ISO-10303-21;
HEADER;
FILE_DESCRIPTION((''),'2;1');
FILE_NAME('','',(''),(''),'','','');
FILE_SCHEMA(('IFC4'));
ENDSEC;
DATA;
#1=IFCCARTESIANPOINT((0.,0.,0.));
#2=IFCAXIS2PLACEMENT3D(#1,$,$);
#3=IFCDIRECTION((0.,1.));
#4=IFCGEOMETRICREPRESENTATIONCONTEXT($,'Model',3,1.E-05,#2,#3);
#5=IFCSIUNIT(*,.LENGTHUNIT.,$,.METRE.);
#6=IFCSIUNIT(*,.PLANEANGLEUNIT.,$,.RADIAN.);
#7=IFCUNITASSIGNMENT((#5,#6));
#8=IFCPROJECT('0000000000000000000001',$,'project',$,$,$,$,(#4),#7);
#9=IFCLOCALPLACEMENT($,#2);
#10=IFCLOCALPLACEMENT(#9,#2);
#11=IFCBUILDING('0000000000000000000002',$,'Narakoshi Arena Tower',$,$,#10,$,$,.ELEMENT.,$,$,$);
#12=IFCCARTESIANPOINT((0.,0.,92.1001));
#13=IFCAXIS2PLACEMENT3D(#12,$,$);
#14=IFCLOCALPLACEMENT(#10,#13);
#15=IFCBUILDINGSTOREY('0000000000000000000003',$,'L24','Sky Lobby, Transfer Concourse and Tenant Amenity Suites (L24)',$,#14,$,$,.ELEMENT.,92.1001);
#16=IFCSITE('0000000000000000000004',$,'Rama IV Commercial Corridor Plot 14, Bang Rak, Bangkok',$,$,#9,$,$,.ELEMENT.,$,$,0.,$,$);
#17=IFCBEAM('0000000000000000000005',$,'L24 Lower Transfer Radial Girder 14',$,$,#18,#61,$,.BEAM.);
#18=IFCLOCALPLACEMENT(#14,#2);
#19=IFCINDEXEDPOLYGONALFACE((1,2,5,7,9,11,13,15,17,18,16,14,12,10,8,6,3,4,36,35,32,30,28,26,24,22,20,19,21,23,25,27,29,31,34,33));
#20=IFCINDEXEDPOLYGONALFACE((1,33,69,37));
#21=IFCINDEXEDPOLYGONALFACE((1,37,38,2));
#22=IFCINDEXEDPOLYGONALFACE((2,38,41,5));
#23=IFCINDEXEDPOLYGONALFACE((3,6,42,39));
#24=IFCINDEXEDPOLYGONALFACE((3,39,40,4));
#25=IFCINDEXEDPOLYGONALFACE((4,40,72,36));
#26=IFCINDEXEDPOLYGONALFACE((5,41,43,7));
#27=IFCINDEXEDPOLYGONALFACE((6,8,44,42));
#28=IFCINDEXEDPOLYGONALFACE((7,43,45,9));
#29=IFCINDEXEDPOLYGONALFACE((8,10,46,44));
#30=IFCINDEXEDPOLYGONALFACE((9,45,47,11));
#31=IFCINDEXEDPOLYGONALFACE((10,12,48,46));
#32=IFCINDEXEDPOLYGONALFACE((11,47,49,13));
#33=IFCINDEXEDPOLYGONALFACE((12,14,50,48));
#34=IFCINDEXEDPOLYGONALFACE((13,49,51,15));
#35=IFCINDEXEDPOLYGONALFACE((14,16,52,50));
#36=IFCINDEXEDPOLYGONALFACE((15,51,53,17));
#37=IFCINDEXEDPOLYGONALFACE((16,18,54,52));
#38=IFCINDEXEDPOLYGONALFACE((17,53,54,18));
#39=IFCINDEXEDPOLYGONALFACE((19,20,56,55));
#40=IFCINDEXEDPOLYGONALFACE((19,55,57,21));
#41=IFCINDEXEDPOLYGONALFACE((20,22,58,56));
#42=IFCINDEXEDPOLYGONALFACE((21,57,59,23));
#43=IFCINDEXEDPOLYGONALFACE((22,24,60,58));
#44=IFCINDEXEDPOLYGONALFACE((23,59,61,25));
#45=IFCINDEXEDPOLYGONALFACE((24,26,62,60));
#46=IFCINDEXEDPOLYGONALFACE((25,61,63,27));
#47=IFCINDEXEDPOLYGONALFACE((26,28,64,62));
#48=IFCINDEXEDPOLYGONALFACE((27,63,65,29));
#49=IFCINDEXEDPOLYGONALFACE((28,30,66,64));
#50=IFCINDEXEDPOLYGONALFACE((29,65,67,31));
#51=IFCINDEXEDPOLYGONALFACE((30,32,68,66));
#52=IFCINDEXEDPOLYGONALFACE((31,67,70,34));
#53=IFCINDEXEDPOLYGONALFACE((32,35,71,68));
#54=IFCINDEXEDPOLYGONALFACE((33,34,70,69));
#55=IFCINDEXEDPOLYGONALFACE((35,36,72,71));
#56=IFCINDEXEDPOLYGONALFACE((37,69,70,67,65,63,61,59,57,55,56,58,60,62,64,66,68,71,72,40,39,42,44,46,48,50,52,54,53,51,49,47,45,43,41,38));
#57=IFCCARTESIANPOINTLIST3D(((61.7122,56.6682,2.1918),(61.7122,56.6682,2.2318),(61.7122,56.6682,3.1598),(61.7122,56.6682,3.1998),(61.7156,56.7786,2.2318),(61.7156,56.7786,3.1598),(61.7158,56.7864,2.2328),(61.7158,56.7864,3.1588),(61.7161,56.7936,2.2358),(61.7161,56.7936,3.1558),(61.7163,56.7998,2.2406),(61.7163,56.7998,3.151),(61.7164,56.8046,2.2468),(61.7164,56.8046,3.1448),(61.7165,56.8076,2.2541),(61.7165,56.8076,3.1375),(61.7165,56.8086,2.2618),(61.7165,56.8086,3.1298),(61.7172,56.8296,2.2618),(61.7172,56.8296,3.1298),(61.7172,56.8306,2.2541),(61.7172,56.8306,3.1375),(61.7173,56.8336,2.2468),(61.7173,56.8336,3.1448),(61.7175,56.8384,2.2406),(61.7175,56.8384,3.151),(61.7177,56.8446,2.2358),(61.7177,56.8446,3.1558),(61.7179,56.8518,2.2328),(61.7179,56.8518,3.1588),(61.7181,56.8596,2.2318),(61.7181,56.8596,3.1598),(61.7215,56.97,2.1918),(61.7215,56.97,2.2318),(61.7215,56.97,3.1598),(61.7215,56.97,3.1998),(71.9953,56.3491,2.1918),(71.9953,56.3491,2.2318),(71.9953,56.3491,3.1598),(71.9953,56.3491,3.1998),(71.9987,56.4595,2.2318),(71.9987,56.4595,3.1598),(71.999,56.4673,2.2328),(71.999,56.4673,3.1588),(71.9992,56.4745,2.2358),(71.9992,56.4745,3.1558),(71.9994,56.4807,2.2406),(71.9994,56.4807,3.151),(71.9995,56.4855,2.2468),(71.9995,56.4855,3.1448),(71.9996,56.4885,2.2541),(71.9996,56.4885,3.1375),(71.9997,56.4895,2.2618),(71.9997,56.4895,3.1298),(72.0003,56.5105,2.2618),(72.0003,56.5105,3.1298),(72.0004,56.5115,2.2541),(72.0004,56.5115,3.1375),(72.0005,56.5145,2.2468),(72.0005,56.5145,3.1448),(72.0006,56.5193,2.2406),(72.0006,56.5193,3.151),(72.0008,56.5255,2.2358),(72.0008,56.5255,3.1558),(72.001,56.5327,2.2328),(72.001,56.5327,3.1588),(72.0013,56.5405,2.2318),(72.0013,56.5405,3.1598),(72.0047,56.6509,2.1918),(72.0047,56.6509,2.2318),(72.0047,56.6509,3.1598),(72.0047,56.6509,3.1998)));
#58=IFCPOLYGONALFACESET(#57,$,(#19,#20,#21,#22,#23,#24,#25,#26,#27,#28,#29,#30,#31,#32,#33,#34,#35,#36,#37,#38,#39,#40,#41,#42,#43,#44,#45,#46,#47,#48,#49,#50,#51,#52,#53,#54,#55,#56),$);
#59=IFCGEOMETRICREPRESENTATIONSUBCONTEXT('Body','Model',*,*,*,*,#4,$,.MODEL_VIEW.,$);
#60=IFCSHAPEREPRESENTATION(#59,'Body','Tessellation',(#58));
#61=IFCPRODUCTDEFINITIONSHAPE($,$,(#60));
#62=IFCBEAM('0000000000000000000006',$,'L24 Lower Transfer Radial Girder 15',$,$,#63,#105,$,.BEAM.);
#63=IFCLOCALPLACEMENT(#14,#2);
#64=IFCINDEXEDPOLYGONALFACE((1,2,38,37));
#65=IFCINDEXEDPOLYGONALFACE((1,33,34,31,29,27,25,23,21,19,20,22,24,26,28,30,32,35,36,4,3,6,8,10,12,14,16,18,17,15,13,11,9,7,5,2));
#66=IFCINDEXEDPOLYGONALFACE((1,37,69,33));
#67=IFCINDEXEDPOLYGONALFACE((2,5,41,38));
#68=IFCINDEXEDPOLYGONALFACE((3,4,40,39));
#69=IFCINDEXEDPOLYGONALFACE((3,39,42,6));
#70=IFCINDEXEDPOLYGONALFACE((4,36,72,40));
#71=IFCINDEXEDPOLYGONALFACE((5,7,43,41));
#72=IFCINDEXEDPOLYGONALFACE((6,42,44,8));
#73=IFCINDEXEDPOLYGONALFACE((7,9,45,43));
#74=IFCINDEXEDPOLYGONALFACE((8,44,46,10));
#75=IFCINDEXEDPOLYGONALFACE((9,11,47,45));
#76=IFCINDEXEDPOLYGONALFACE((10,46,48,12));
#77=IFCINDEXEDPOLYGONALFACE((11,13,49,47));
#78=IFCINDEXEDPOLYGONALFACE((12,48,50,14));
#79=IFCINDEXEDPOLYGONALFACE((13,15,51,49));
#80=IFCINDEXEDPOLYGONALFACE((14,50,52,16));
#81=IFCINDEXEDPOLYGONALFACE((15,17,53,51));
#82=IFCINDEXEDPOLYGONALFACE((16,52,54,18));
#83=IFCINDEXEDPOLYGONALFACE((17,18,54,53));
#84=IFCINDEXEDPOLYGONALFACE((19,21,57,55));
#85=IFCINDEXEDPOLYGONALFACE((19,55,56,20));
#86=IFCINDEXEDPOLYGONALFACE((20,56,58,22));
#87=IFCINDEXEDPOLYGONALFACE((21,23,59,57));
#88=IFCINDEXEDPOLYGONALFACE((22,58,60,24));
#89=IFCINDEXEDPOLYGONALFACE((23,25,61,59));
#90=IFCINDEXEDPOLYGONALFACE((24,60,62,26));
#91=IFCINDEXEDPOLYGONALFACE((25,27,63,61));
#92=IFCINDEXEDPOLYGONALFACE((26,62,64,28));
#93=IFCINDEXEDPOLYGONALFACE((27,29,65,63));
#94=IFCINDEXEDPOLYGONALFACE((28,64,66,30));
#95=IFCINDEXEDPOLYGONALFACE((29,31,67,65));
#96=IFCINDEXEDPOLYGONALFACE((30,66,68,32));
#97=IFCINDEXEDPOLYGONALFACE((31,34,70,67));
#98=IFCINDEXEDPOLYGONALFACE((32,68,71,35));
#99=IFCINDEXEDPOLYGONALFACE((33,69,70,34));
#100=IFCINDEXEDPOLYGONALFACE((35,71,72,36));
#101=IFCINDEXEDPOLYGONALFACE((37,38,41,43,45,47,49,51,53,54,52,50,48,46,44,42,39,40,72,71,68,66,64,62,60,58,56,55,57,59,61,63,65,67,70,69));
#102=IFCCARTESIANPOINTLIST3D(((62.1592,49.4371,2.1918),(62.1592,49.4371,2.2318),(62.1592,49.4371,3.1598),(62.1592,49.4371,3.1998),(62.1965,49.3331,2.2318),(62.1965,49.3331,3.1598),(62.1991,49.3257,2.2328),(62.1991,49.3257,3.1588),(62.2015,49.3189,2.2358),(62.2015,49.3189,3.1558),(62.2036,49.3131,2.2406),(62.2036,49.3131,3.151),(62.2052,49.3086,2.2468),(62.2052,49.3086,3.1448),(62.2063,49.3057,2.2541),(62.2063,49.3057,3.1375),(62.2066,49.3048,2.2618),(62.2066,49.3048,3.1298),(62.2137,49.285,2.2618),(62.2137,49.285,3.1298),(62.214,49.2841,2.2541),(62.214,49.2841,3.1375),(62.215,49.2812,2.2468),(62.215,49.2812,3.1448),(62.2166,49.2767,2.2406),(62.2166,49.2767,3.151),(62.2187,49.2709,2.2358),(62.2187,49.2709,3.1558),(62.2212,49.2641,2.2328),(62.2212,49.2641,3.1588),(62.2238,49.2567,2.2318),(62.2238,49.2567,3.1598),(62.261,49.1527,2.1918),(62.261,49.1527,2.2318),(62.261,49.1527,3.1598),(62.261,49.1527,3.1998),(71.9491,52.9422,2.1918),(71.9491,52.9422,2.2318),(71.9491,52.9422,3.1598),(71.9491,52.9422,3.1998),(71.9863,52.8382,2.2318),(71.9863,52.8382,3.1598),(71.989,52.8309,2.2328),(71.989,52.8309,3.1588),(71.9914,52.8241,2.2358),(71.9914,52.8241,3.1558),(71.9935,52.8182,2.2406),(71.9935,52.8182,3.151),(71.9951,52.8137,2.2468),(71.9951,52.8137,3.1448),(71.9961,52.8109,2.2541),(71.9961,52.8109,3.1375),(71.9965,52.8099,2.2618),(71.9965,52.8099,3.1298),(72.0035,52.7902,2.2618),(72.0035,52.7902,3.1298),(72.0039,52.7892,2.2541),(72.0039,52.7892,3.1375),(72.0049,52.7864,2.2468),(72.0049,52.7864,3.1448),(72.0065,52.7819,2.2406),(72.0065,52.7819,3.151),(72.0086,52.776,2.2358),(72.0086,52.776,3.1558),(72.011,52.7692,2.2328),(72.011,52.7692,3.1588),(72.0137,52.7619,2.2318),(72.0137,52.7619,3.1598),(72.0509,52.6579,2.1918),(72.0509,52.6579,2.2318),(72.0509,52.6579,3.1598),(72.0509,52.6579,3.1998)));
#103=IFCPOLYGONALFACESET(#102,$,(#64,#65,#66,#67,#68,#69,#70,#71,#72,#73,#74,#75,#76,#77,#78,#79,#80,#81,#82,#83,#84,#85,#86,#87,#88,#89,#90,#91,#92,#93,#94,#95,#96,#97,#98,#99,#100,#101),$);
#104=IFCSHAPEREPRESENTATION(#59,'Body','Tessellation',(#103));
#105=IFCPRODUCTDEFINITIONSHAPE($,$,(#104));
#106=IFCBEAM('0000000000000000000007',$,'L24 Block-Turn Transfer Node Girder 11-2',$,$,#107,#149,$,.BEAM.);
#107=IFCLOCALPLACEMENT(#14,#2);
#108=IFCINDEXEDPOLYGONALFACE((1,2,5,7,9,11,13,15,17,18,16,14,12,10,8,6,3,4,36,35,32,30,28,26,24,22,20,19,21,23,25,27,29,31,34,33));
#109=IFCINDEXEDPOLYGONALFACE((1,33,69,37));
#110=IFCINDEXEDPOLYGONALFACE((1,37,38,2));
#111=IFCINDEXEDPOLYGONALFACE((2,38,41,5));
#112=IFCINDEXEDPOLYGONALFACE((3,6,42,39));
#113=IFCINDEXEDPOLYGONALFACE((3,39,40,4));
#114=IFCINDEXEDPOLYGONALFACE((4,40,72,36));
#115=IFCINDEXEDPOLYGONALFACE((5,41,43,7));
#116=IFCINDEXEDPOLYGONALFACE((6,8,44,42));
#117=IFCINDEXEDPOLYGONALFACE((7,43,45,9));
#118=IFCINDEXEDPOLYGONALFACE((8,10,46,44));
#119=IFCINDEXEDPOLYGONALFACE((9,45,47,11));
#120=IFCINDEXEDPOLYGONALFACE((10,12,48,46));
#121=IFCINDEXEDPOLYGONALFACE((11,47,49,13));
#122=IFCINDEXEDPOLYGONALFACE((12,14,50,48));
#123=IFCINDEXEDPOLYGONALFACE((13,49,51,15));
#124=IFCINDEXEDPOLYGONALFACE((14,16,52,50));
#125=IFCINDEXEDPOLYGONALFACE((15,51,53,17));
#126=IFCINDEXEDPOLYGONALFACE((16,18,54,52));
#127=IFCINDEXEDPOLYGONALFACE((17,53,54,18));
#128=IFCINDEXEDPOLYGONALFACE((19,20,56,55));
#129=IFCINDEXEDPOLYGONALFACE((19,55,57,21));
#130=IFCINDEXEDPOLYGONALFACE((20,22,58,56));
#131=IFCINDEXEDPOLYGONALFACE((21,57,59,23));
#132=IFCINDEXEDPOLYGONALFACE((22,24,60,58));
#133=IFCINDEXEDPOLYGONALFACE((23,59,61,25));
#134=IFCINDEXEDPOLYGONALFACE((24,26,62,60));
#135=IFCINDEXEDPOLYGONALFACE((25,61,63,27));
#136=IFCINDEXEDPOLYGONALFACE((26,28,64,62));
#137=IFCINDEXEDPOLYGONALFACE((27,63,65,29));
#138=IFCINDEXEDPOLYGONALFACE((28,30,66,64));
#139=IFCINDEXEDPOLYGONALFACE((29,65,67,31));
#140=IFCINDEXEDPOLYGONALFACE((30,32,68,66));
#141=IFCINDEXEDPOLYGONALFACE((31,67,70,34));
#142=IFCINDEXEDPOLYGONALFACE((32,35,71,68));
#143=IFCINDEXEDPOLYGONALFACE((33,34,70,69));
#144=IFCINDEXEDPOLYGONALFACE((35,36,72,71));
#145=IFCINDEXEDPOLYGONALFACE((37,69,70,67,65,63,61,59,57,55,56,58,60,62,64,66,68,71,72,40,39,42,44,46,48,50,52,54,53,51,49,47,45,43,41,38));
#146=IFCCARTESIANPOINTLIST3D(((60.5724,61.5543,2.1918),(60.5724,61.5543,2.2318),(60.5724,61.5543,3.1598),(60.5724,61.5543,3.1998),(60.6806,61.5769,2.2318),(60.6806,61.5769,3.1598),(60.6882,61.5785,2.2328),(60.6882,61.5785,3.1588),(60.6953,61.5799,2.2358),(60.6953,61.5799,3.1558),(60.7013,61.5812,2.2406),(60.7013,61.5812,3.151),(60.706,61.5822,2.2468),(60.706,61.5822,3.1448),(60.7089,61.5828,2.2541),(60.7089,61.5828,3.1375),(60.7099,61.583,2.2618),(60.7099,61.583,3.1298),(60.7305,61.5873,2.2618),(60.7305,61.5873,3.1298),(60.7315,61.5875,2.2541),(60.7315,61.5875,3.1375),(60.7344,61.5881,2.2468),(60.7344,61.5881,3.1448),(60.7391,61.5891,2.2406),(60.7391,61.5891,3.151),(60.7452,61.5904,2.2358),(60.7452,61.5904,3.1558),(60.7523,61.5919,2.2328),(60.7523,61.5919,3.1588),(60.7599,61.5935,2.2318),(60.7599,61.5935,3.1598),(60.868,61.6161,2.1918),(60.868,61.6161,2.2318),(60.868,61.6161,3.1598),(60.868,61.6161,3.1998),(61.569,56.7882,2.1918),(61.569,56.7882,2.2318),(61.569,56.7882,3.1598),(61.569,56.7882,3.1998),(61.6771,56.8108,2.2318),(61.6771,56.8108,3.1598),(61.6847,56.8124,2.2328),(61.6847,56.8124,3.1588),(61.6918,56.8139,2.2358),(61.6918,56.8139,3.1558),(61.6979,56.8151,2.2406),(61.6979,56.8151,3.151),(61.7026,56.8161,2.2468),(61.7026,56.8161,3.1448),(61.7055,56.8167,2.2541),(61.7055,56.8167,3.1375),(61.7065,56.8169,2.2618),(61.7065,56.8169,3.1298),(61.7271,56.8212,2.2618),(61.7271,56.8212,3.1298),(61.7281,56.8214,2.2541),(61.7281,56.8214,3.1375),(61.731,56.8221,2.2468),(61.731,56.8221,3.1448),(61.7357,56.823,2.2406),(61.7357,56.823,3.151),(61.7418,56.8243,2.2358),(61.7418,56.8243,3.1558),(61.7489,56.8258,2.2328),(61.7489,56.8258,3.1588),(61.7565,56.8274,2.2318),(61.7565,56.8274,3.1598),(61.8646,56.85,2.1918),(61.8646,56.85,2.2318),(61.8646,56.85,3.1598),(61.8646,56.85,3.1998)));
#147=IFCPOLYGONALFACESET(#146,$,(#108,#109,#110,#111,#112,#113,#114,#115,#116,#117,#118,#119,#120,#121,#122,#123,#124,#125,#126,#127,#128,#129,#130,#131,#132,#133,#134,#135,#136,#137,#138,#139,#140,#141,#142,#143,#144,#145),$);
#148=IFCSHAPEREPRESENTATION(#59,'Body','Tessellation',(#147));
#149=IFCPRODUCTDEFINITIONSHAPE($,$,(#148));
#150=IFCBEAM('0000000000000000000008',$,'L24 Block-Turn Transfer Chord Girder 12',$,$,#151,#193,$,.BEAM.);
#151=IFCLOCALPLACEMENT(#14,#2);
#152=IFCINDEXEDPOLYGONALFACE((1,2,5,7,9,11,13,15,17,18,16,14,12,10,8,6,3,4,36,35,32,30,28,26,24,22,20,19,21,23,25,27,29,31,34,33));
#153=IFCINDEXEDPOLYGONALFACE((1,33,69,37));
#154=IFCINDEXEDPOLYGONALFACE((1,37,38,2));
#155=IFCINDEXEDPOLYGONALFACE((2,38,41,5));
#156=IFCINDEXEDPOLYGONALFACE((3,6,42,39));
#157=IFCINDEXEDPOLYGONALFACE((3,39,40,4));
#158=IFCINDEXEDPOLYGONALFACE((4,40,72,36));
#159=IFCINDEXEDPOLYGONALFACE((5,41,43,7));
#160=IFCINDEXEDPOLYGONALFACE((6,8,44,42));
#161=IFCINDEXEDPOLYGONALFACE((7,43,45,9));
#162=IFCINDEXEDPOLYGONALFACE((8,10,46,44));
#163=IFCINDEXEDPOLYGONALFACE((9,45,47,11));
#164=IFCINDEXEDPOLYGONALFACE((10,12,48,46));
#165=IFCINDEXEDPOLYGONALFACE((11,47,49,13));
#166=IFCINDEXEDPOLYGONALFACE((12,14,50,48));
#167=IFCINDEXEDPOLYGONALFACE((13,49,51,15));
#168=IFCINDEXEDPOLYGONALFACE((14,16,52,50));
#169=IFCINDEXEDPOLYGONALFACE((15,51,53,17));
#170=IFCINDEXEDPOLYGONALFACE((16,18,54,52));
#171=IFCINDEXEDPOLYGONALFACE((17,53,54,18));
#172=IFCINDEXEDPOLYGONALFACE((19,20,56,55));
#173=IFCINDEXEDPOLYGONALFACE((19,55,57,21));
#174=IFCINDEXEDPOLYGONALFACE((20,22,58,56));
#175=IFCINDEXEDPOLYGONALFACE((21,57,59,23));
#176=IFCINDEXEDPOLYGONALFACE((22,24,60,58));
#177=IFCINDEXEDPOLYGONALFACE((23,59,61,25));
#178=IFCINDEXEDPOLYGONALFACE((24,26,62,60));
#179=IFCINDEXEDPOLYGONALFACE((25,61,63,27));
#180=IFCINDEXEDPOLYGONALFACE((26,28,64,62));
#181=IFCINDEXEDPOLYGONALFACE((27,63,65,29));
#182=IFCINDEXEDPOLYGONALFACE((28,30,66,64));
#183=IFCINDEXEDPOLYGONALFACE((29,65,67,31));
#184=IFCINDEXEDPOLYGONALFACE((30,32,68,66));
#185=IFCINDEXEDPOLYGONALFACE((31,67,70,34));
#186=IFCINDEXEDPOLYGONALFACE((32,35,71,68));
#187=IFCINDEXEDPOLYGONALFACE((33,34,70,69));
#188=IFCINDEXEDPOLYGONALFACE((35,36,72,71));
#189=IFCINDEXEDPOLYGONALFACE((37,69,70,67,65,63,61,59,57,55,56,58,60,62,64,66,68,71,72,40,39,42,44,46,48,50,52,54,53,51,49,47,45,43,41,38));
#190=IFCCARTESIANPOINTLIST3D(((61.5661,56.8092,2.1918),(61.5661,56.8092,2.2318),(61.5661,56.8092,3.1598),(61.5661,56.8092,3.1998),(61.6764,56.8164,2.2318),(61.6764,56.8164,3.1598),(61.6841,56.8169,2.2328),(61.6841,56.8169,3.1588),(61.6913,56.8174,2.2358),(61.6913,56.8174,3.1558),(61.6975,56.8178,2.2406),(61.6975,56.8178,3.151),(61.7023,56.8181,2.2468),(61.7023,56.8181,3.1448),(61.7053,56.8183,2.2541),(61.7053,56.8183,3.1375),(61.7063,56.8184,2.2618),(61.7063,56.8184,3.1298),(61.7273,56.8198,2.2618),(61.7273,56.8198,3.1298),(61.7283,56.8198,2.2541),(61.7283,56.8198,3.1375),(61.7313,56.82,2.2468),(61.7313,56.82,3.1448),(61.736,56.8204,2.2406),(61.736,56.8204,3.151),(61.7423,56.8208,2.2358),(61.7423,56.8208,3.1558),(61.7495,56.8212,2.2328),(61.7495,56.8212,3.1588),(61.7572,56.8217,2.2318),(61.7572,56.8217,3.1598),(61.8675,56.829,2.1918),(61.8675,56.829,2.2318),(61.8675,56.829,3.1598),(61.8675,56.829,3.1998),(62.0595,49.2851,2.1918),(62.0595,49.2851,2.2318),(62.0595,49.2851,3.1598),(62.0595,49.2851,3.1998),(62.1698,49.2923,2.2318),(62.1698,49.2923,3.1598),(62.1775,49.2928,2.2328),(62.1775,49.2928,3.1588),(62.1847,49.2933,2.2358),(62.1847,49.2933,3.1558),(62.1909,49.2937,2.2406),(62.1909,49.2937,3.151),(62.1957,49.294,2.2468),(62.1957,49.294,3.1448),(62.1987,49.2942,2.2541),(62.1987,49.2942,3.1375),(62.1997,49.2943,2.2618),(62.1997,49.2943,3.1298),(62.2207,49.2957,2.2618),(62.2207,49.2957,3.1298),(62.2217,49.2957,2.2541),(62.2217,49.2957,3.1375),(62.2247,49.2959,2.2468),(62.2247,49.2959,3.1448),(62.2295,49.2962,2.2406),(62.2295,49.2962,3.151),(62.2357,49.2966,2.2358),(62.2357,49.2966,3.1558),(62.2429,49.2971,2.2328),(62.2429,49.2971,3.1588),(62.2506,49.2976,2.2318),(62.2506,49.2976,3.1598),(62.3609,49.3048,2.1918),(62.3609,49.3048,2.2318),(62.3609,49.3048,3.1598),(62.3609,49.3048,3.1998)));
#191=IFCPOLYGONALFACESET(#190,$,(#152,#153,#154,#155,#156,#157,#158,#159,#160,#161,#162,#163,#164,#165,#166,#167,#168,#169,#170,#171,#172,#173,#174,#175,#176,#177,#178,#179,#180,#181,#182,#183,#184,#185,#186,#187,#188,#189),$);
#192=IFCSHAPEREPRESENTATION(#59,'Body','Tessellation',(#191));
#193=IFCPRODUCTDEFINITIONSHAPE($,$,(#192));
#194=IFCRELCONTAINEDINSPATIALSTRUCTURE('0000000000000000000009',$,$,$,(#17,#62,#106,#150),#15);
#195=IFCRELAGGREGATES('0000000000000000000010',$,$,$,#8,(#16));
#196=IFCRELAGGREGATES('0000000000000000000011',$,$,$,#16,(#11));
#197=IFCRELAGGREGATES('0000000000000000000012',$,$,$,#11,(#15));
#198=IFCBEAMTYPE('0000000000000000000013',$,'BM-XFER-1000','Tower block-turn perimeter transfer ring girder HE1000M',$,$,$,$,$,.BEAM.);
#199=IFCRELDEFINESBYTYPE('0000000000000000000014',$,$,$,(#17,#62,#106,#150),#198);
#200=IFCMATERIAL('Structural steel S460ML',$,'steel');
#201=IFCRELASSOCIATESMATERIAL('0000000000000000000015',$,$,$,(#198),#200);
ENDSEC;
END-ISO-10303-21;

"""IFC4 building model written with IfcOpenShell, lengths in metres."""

from ifc_helpers import new_model, si_unit, direction, frame, origin, origin_2d, place, context, subcontext, project, spatial, i_section, extrude, material, material_profile, profile_set, type_object, element, save


model = new_model("IFC4")

# Units and contexts
model_context = context("Model", 3, precision=1e-05, world=origin(), true_north=direction((0.0, 1.0)))
body_context = subcontext(model_context, "Body", "Model", "MODEL_VIEW")
ifc_project = project(units=[si_unit("LENGTHUNIT", "METRE"), si_unit("PLANEANGLEUNIT", "RADIAN")], contexts=[model_context])

# Site, building, storey
site_placement = place(None, origin())
site = spatial("IfcSite", under=ifc_project, at=site_placement, Name="Rama IV Commercial Corridor Plot 14, Bang Rak, Bangkok", CompositionType="ELEMENT", RefElevation=0.0)
building_placement = place(site_placement, origin())
building = spatial("IfcBuilding", under=site, at=building_placement, Name="Narakoshi Arena Tower", CompositionType="ELEMENT")
storey_placement = place(building_placement, frame((0.0, 0.0, 92.1001)))
storey = spatial("IfcBuildingStorey", under=building, at=storey_placement, Name="L24", Description="Sky Lobby, Transfer Concourse and Tenant Amenity Suites (L24)", CompositionType="ELEMENT", Elevation=92.1001)

# Shared definitions
ifc_material_1 = material(Name="Structural steel S460ML", Category="steel")

# Beams
ifc_material_profile_1 = material_profile(ifc_material_1, i_section(OverallWidth=0.302, OverallDepth=1.0081, WebThickness=0.021, FlangeThickness=0.04, FilletRadius=0.03, at=origin_2d()), Name="HE1000M")
ifc_profile_set_1 = profile_set([ifc_material_profile_1], Name="Structural steel S460ML")
beam_type = type_object("IfcBeamType", Name="BM-XFER-1000", Description="Tower block-turn perimeter transfer ring girder HE1000M", PredefinedType="BEAM", material=ifc_profile_set_1)
beam_1_placement = place(storey_placement, frame((72.0, 56.5, 2.6958), z_axis=(-0.999519, 0.031015, 0.0), x_axis=(-0.031015, -0.999519, 0.0)))
element("IfcBeam", 1, at=beam_1_placement, inside=storey, type_object=beam_type, Name="L24 Lower Transfer Radial Girder 14", PredefinedType="BEAM", context=body_context, shape_type="SweptSolid", body=[
    extrude(i_section(OverallWidth=0.302, OverallDepth=1.0081, WebThickness=0.021, FlangeThickness=0.04, FilletRadius=0.03, at=origin_2d()), origin(), (0.0, 0.0, 1.0), 10.2881),
])
beam_2_placement = place(storey_placement, frame((72.0, 52.8, 2.6958), z_axis=(-0.941474, -0.337084, 0.0), x_axis=(0.337084, -0.941474, 0.0)))
element("IfcBeam", 2, at=beam_2_placement, inside=storey, type_object=beam_type, Name="L24 Lower Transfer Radial Girder 15", PredefinedType="BEAM", context=body_context, shape_type="SweptSolid", body=[
    extrude(i_section(OverallWidth=0.302, OverallDepth=1.0081, WebThickness=0.021, FlangeThickness=0.04, FilletRadius=0.03, at=origin_2d()), origin(), (0.0, 0.0, 1.0), 10.3984),
])
beam_3_placement = place(storey_placement, frame((61.7168, 56.8191, 2.6958), z_axis=(-0.204671, 0.978831, 0.0), x_axis=(-0.978831, -0.204671, 0.0)))
element("IfcBeam", 3, at=beam_3_placement, inside=storey, type_object=beam_type, Name="L24 Block-Turn Transfer Node Girder 11-2", PredefinedType="BEAM", context=body_context, shape_type="SweptSolid", body=[
    extrude(i_section(OverallWidth=0.302, OverallDepth=1.0081, WebThickness=0.021, FlangeThickness=0.04, FilletRadius=0.03, at=origin_2d()), origin(), (0.0, 0.0, 1.0), 4.8691),
])
beam_4_placement = place(storey_placement, frame((61.7168, 56.8191, 2.6958), z_axis=(0.065436, -0.997857, 0.0), x_axis=(0.997857, 0.065436, 0.0)))
element("IfcBeam", 4, at=beam_4_placement, inside=storey, type_object=beam_type, Name="L24 Block-Turn Transfer Chord Girder 12", PredefinedType="BEAM", context=body_context, shape_type="SweptSolid", body=[
    extrude(i_section(OverallWidth=0.302, OverallDepth=1.0081, WebThickness=0.021, FlangeThickness=0.04, FilletRadius=0.03, at=origin_2d()), origin(), (0.0, 0.0, 1.0), 7.5403),
])

save(model, "model.ifc")
